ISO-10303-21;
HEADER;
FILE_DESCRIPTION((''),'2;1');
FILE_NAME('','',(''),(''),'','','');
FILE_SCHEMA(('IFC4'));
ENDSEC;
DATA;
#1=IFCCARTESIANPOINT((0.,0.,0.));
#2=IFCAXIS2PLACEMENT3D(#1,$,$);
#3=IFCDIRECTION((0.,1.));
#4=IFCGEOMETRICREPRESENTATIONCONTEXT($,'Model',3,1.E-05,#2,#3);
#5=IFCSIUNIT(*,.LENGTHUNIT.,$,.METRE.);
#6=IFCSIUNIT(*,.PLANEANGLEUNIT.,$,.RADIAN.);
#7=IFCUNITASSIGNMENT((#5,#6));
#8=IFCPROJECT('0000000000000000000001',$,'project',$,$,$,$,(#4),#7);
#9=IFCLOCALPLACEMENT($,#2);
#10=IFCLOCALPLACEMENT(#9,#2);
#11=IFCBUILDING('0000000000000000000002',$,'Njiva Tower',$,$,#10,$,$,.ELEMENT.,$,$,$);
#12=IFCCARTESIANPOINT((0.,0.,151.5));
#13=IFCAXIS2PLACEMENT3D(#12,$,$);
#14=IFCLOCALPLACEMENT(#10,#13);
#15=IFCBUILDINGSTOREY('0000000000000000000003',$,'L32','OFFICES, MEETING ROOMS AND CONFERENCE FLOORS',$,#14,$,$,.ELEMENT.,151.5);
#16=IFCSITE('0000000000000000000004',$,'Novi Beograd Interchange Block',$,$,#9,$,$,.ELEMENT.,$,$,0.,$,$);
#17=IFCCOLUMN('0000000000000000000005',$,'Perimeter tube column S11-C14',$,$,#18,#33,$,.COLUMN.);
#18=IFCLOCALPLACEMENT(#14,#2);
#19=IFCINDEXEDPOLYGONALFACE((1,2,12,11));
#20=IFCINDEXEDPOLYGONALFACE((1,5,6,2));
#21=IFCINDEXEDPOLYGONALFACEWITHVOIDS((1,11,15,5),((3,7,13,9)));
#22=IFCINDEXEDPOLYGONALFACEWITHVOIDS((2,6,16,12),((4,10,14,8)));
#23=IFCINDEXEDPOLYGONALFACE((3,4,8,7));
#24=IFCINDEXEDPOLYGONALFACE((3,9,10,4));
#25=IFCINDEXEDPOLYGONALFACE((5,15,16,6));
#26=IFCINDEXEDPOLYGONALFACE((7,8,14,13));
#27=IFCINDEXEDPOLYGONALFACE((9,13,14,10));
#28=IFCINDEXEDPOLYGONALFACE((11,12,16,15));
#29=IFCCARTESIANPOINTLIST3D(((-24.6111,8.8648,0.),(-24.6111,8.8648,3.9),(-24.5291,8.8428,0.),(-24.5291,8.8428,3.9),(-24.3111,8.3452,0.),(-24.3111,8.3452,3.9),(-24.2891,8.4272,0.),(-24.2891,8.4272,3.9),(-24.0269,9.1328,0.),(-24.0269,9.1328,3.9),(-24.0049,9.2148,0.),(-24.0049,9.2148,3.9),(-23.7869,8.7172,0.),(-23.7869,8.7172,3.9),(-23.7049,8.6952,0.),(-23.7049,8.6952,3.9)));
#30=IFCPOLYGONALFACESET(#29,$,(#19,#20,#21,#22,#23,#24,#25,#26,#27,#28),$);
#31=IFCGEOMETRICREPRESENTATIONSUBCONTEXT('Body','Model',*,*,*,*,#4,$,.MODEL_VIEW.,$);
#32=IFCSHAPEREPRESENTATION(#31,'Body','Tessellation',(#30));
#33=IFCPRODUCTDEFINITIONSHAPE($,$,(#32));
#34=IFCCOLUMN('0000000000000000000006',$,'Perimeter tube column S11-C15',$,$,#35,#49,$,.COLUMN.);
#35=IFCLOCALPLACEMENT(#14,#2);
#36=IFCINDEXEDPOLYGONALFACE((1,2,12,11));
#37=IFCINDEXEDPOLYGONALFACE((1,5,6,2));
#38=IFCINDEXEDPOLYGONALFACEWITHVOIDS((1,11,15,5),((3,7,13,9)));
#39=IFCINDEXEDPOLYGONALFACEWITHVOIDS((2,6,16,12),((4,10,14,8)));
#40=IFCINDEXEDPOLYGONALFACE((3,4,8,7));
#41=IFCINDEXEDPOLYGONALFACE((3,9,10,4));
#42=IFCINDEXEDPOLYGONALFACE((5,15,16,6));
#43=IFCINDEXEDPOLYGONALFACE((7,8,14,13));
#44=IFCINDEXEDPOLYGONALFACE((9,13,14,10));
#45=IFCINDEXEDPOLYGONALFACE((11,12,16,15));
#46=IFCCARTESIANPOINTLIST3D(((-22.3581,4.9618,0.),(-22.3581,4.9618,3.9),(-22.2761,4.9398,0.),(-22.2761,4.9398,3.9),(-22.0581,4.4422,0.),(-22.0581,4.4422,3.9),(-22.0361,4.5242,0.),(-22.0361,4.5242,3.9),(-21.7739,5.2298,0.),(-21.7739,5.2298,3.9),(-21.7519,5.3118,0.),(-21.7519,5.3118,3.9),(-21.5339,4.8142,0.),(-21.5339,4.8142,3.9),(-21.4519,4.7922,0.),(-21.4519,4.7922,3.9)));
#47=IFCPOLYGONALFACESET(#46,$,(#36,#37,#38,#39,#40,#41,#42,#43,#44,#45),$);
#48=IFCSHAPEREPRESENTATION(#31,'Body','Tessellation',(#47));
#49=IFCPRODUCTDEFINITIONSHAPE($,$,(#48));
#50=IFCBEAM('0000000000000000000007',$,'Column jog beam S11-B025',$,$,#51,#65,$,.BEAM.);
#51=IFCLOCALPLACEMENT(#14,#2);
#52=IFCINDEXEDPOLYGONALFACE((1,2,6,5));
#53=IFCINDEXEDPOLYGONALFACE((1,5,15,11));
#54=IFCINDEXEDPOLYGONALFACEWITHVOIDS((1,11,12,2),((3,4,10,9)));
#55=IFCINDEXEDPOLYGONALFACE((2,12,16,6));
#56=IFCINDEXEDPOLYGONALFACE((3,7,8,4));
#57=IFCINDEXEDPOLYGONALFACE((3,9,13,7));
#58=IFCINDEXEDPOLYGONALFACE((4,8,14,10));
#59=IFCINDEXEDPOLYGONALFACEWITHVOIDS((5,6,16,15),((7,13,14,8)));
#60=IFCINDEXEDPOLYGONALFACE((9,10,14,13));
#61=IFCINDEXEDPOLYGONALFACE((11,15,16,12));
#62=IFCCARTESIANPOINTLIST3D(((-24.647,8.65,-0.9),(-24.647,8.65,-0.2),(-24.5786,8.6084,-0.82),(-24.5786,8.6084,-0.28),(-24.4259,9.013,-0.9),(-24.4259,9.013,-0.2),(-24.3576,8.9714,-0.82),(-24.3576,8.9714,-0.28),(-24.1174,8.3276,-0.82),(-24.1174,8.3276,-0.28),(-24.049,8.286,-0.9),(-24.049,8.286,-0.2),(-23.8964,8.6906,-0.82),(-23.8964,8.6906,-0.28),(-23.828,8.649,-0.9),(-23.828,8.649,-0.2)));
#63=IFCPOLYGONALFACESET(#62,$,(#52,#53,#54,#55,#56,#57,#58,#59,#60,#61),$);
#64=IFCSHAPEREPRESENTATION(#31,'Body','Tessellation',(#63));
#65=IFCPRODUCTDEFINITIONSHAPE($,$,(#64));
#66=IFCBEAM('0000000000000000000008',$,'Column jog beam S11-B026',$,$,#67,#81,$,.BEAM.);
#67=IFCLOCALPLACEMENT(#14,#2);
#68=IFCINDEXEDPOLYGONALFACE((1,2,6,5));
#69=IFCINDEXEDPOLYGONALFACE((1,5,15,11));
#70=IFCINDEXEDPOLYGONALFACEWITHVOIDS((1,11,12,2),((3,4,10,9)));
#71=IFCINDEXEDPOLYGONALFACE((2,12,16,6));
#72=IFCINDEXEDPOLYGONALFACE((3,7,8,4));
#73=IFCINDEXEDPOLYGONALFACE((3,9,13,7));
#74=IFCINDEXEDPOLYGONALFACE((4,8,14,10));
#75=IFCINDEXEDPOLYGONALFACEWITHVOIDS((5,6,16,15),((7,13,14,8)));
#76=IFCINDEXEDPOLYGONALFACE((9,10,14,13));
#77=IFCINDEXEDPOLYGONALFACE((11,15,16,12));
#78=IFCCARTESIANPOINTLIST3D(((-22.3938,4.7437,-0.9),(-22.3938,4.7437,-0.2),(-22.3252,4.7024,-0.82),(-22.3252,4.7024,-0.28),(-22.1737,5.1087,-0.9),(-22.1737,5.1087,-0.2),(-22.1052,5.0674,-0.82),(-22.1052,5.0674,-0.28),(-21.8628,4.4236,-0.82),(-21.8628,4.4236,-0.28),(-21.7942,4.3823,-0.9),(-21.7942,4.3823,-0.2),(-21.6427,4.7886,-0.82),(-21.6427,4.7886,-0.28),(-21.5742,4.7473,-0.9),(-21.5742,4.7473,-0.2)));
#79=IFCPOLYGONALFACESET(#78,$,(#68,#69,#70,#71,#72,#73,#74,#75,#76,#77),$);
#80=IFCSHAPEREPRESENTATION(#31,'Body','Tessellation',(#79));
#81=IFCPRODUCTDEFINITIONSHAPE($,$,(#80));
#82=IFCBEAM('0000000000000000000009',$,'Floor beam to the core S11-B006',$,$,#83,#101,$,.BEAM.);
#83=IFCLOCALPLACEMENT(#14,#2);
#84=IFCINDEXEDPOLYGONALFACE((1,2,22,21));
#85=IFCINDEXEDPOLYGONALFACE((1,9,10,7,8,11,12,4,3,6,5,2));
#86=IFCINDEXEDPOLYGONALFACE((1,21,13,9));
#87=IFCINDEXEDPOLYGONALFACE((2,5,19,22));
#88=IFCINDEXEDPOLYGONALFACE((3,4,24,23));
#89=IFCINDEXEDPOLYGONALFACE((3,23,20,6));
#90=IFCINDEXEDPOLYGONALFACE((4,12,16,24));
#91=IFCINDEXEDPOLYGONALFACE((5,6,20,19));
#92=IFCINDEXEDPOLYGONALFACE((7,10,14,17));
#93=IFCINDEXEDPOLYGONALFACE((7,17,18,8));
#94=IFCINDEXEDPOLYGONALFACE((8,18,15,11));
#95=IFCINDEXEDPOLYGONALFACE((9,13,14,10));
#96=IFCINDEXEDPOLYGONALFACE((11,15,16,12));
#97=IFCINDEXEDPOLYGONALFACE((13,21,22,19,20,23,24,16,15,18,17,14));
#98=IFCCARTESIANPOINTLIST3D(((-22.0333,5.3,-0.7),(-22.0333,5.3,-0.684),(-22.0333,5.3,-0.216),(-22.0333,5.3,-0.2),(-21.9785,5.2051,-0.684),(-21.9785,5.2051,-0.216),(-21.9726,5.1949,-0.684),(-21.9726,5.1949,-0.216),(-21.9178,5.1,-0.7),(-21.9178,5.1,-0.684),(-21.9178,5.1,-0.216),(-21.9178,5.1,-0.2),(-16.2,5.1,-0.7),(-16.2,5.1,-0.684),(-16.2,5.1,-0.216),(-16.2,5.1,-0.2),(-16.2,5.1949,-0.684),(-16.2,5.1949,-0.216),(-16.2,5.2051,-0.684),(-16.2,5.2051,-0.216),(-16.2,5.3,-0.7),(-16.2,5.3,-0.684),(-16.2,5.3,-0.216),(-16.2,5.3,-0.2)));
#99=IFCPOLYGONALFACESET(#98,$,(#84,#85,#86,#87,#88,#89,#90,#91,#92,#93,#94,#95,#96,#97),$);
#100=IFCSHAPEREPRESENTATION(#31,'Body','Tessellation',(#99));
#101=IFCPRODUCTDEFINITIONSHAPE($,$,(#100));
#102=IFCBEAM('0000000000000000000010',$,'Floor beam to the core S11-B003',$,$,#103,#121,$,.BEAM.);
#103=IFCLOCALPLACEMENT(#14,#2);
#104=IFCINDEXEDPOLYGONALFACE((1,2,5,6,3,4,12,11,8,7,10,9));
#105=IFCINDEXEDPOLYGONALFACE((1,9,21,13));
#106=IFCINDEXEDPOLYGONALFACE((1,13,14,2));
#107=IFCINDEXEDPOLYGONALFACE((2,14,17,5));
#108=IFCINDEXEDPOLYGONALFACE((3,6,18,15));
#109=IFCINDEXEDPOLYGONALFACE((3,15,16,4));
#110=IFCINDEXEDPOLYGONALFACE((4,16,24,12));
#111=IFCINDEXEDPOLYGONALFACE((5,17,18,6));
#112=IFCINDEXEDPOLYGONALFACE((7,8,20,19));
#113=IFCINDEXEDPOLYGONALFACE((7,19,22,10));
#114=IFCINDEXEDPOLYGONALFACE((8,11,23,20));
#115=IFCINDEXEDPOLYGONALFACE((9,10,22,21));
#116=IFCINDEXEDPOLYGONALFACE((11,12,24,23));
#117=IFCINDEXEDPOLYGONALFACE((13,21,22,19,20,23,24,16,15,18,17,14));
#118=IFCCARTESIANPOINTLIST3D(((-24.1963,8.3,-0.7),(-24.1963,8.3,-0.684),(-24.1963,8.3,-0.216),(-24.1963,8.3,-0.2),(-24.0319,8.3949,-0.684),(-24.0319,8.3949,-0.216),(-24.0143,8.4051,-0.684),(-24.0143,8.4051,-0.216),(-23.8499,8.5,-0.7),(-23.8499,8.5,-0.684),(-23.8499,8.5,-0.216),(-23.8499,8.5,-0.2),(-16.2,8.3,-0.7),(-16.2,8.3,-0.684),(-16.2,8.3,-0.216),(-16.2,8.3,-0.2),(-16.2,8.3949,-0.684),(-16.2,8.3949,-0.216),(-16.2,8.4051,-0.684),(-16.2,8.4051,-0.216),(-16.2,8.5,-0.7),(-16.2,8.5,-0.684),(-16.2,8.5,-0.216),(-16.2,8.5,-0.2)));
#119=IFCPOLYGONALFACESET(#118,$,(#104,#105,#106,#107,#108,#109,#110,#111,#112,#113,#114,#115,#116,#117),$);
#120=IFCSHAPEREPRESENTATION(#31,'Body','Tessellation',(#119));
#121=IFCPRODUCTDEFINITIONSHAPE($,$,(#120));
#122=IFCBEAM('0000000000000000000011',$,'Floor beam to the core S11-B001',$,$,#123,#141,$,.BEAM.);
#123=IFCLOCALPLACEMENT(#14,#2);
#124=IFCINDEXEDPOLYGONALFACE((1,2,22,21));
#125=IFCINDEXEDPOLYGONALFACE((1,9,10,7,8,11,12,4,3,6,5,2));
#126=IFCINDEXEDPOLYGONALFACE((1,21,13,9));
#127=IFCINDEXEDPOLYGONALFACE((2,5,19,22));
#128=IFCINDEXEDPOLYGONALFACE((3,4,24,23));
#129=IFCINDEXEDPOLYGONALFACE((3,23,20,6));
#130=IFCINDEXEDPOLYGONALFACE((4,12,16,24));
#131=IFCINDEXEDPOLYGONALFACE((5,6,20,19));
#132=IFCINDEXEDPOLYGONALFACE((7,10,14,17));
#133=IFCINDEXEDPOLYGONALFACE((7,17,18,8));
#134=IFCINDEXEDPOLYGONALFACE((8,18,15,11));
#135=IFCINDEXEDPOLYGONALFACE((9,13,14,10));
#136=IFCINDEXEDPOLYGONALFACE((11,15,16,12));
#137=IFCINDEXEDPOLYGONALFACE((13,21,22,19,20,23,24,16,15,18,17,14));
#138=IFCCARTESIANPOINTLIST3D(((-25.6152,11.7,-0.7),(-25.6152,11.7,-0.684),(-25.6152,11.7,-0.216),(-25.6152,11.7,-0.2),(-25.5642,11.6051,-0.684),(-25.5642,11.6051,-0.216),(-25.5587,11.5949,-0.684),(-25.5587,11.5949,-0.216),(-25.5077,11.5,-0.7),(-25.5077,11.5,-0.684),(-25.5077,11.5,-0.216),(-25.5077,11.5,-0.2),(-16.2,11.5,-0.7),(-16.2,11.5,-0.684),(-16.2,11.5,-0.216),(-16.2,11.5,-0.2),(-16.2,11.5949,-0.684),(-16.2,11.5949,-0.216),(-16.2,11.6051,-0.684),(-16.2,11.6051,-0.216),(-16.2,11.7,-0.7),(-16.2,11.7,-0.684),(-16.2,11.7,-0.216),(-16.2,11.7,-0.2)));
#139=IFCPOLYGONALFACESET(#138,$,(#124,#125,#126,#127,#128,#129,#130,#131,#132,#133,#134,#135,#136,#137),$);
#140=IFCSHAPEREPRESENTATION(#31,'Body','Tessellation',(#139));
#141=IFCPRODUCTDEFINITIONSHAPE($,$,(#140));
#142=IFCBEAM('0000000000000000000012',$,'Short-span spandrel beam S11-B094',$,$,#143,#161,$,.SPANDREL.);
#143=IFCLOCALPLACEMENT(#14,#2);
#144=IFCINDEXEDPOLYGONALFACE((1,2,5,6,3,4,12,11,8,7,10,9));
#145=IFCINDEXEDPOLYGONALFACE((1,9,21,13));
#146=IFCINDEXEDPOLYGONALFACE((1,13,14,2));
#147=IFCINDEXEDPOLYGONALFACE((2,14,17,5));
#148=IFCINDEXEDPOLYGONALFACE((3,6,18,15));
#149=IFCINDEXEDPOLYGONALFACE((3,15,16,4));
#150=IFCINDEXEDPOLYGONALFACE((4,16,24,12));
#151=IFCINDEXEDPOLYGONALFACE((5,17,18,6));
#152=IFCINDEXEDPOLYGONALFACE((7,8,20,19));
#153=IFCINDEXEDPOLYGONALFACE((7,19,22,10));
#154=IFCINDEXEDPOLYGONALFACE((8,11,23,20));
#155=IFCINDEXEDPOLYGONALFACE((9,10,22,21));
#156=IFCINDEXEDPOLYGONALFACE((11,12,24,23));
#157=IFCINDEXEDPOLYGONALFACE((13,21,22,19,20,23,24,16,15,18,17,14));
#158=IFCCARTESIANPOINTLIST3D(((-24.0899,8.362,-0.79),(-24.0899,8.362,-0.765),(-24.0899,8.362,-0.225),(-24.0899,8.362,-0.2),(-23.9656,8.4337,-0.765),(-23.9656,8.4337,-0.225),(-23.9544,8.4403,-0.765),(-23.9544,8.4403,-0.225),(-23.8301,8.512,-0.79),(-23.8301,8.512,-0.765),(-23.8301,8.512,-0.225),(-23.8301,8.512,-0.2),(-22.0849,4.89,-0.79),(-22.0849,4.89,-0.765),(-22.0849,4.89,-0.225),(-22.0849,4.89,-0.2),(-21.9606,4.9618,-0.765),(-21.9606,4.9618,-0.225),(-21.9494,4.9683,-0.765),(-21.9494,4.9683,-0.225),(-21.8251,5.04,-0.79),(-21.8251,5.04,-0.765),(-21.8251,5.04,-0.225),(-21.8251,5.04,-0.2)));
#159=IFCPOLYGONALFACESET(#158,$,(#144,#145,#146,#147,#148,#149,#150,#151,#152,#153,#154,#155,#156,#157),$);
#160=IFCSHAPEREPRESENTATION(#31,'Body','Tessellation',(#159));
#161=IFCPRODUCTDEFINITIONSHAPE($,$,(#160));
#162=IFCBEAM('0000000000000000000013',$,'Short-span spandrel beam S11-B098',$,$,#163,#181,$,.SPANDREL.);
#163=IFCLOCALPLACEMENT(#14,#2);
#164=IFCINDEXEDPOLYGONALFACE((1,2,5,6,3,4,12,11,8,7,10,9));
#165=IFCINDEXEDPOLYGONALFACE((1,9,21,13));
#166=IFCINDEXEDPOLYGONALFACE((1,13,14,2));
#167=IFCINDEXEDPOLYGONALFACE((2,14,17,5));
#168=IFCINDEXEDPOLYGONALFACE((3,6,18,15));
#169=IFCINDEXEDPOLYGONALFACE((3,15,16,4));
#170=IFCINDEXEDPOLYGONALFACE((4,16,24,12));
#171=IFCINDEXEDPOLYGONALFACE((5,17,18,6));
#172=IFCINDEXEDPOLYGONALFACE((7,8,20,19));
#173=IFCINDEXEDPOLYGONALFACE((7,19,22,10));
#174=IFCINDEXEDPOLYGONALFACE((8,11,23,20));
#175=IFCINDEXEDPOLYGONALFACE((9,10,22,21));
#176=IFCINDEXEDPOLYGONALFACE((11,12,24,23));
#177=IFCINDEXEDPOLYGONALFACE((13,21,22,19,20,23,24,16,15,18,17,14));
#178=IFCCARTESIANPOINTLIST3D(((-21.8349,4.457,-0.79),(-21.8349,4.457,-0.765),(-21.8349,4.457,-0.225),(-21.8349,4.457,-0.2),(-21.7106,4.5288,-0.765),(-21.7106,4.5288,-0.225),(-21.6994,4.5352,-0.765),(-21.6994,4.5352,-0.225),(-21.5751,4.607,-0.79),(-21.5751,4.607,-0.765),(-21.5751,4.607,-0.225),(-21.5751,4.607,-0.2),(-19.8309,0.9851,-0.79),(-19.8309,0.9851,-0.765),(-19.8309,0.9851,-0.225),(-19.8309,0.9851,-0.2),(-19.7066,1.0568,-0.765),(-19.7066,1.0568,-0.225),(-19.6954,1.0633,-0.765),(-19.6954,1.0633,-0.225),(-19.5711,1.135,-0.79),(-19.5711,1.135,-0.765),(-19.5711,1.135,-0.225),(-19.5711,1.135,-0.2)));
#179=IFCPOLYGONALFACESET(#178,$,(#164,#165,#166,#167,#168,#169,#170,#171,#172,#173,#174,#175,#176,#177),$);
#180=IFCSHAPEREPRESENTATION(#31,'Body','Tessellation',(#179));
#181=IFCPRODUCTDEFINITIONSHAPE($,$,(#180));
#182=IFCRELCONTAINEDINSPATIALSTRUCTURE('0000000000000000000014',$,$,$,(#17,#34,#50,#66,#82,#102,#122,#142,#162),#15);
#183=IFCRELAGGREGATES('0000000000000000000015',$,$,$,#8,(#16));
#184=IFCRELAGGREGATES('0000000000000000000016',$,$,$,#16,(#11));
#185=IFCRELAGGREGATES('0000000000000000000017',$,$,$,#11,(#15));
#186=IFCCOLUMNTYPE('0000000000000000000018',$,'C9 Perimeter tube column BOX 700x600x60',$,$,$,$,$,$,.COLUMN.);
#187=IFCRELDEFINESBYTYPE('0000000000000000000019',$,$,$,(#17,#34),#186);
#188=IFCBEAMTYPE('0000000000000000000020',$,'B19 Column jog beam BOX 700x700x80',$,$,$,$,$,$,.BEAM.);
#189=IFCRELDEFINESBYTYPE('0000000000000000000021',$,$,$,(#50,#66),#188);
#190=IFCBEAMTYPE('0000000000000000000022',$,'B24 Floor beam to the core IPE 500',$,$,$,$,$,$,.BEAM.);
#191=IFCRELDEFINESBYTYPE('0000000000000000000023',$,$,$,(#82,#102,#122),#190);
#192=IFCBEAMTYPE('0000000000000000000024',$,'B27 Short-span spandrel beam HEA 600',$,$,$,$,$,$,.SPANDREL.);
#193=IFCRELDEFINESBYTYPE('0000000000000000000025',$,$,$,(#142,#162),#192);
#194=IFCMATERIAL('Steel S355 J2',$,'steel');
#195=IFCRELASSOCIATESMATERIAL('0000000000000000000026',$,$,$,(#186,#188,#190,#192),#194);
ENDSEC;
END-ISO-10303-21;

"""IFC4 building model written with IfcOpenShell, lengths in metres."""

from ifc_helpers import new_model, si_unit, direction, frame, origin, origin_2d, place, context, subcontext, project, spatial, hollow_rectangle, i_section, extrude, clip, halfspace, material, material_profile, profile_set, type_object, element, save


model = new_model("IFC4")

# Units and contexts
model_context = context("Model", 3, precision=1e-05, world=origin(), true_north=direction((0.0, 1.0)))
body_context = subcontext(model_context, "Body", "Model", "MODEL_VIEW")
ifc_project = project(units=[si_unit("LENGTHUNIT", "METRE"), si_unit("PLANEANGLEUNIT", "RADIAN")], contexts=[model_context])

# Site, building, storey
site_placement = place(None, origin())
site = spatial("IfcSite", under=ifc_project, at=site_placement, Name="Novi Beograd Interchange Block", CompositionType="ELEMENT", RefElevation=0.0)
building_placement = place(site_placement, origin())
building = spatial("IfcBuilding", under=site, at=building_placement, Name="Njiva Tower", CompositionType="ELEMENT")
storey_placement = place(building_placement, frame((0.0, 0.0, 151.5)))
storey = spatial("IfcBuildingStorey", under=building, at=storey_placement, Name="L32", Description="OFFICES, MEETING ROOMS AND CONFERENCE FLOORS", CompositionType="ELEMENT", Elevation=151.5)

# Columns
ifc_material_1 = material(Name="Steel S355 J2", Category="steel")
ifc_material_profile_1 = material_profile(ifc_material_1, hollow_rectangle(XDim=0.6, YDim=0.7, WallThickness=0.06, at=origin_2d()), Name="BOX 700x600x60")
ifc_profile_set_1 = profile_set([ifc_material_profile_1], Name="Steel S355 J2")
column_type = type_object("IfcColumnType", Name="C9 Perimeter tube column BOX 700x600x60", PredefinedType="COLUMN", material=ifc_profile_set_1)
for number, where, z_axis, x_axis, name in (
    (1, (-24.158, 8.78, 0.0), (0.0, 0.0, 1.0), (0.5, -0.866025, 0.0), "Perimeter tube column S11-C14"),
    (2, (-21.905, 4.877, 0.0), (0.0, 0.0, 1.0), (0.5, -0.866025, 0.0), "Perimeter tube column S11-C15"),
):
    element("IfcColumn", number, at=place(storey_placement, frame(where, z_axis=z_axis, x_axis=x_axis)), inside=storey, type_object=column_type, Name=name, PredefinedType="COLUMN", context=body_context, shape_type="SweptSolid", body=[
        extrude(hollow_rectangle(XDim=0.6, YDim=0.7, WallThickness=0.06, at=origin_2d()), origin(), (0.0, 0.0, 1.0), 3.9),
    ])

# Beams
ifc_material_profile_2 = material_profile(ifc_material_1, hollow_rectangle(XDim=0.7, YDim=0.7, WallThickness=0.08, at=origin_2d()), Name="BOX 700x700x80")
ifc_profile_set_2 = profile_set([ifc_material_profile_2], Name="Steel S355 J2")
beam_type_1 = type_object("IfcBeamType", Name="B19 Column jog beam BOX 700x700x80", PredefinedType="BEAM", material=ifc_profile_set_2)
beam_1_placement = place(storey_placement, frame((-24.348, 8.468, -0.55), z_axis=(0.520022, 0.854153, 0.0), x_axis=(-0.854153, 0.520022, 0.0)))
element("IfcBeam", 3, at=beam_1_placement, inside=storey, type_object=beam_type_1, Name="Column jog beam S11-B025", PredefinedType="BEAM", context=body_context, shape_type="SweptSolid", body=[
    extrude(hollow_rectangle(XDim=0.7, YDim=0.7, WallThickness=0.08, at=origin_2d()), origin(), (0.0, 0.0, 1.0), 0.425),
])
beam_2_placement = place(storey_placement, frame((-22.094, 4.563, -0.55), z_axis=(0.51622, 0.856456, 0.0), x_axis=(-0.856456, 0.51622, 0.0)))
element("IfcBeam", 4, at=beam_2_placement, inside=storey, type_object=beam_type_1, Name="Column jog beam S11-B026", PredefinedType="BEAM", context=body_context, shape_type="SweptSolid", body=[
    extrude(hollow_rectangle(XDim=0.7, YDim=0.7, WallThickness=0.08, at=origin_2d()), origin(), (0.0, 0.0, 1.0), 0.4262),
])
ifc_material_profile_3 = material_profile(ifc_material_1, i_section(OverallWidth=0.2, OverallDepth=0.5, WebThickness=0.0102, FlangeThickness=0.016, at=origin_2d()), Name="IPE 500")
ifc_profile_set_3 = profile_set([ifc_material_profile_3], Name="Steel S355 J2")
beam_type_2 = type_object("IfcBeamType", Name="B24 Floor beam to the core IPE 500", PredefinedType="BEAM", material=ifc_profile_set_3)
beam_3_placement = place(storey_placement, frame((-22.054, 5.2, -0.45), z_axis=(1.0, 0.0, 0.0), x_axis=(0.0, 1.0, 0.0)))
element("IfcBeam", 5, at=beam_3_placement, inside=storey, type_object=beam_type_2, Name="Floor beam to the core S11-B006", PredefinedType="BEAM", context=body_context, shape_type="Clipping", body=[
    clip(extrude(i_section(OverallWidth=0.2, OverallDepth=0.5, WebThickness=0.0102, FlangeThickness=0.016, at=origin_2d()), origin(), (0.0, 0.0, 1.0), 5.854), halfspace(frame((-0.025, 0.0, 0.0929), z_axis=(-0.499998, 0.0, -0.866027), x_axis=(0.0, -1.0, 0.0)), False)),
])
beam_4_placement = place(storey_placement, frame((-24.216, 8.4, -0.45), z_axis=(1.0, 0.0, 0.0), x_axis=(0.0, 1.0, 0.0)))
element("IfcBeam", 6, at=beam_4_placement, inside=storey, type_object=beam_type_2, Name="Floor beam to the core S11-B003", PredefinedType="BEAM", context=body_context, shape_type="Clipping", body=[
    clip(extrude(i_section(OverallWidth=0.2, OverallDepth=0.5, WebThickness=0.0102, FlangeThickness=0.016, at=origin_2d()), origin(), (0.0, 0.0, 1.0), 8.016), halfspace(frame((0.0433, 0.0, 0.2679), z_axis=(0.866027, 0.0, -0.499998), x_axis=(0.0, -1.0, 0.0)), False)),
])
beam_5_placement = place(storey_placement, frame((-25.635, 11.6, -0.45), z_axis=(1.0, 0.0, 0.0), x_axis=(0.0, 1.0, 0.0)))
element("IfcBeam", 7, at=beam_5_placement, inside=storey, type_object=beam_type_2, Name="Floor beam to the core S11-B001", PredefinedType="BEAM", context=body_context, shape_type="Clipping", body=[
    clip(extrude(i_section(OverallWidth=0.2, OverallDepth=0.5, WebThickness=0.0102, FlangeThickness=0.016, at=origin_2d()), origin(), (0.0, 0.0, 1.0), 9.435), halfspace(frame((-0.0237, 0.0, 0.0863), z_axis=(-0.473762, 0.0, -0.880653), x_axis=(0.0, -1.0, 0.0)), False)),
])
ifc_material_profile_4 = material_profile(ifc_material_1, i_section(OverallWidth=0.3, OverallDepth=0.59, WebThickness=0.013, FlangeThickness=0.025, at=origin_2d()), Name="HEA 600")
ifc_profile_set_4 = profile_set([ifc_material_profile_4], Name="Steel S355 J2")
beam_type_3 = type_object("IfcBeamType", Name="B27 Short-span spandrel beam HEA 600", PredefinedType="SPANDREL", material=ifc_profile_set_4)
beam_6_placement = place(storey_placement, frame((-23.96, 8.437, -0.495), z_axis=(0.500082, -0.865978, 0.0), x_axis=(0.865978, 0.500082, 0.0)))
element("IfcBeam", 8, at=beam_6_placement, inside=storey, type_object=beam_type_3, Name="Short-span spandrel beam S11-B094", PredefinedType="SPANDREL", context=body_context, shape_type="SweptSolid", body=[
    extrude(i_section(OverallWidth=0.3, OverallDepth=0.59, WebThickness=0.013, FlangeThickness=0.025, at=origin_2d()), origin(), (0.0, 0.0, 1.0), 4.0093),
])
beam_7_placement = place(storey_placement, frame((-21.705, 4.532, -0.495), z_axis=(0.499895, -0.866086, 0.0), x_axis=(0.866086, 0.499895, 0.0)))
element("IfcBeam", 9, at=beam_7_placement, inside=storey, type_object=beam_type_3, Name="Short-span spandrel beam S11-B098", PredefinedType="SPANDREL", context=body_context, shape_type="SweptSolid", body=[
    extrude(i_section(OverallWidth=0.3, OverallDepth=0.59, WebThickness=0.013, FlangeThickness=0.025, at=origin_2d()), origin(), (0.0, 0.0, 1.0), 4.0088),
])

save(model, "model.ifc")
